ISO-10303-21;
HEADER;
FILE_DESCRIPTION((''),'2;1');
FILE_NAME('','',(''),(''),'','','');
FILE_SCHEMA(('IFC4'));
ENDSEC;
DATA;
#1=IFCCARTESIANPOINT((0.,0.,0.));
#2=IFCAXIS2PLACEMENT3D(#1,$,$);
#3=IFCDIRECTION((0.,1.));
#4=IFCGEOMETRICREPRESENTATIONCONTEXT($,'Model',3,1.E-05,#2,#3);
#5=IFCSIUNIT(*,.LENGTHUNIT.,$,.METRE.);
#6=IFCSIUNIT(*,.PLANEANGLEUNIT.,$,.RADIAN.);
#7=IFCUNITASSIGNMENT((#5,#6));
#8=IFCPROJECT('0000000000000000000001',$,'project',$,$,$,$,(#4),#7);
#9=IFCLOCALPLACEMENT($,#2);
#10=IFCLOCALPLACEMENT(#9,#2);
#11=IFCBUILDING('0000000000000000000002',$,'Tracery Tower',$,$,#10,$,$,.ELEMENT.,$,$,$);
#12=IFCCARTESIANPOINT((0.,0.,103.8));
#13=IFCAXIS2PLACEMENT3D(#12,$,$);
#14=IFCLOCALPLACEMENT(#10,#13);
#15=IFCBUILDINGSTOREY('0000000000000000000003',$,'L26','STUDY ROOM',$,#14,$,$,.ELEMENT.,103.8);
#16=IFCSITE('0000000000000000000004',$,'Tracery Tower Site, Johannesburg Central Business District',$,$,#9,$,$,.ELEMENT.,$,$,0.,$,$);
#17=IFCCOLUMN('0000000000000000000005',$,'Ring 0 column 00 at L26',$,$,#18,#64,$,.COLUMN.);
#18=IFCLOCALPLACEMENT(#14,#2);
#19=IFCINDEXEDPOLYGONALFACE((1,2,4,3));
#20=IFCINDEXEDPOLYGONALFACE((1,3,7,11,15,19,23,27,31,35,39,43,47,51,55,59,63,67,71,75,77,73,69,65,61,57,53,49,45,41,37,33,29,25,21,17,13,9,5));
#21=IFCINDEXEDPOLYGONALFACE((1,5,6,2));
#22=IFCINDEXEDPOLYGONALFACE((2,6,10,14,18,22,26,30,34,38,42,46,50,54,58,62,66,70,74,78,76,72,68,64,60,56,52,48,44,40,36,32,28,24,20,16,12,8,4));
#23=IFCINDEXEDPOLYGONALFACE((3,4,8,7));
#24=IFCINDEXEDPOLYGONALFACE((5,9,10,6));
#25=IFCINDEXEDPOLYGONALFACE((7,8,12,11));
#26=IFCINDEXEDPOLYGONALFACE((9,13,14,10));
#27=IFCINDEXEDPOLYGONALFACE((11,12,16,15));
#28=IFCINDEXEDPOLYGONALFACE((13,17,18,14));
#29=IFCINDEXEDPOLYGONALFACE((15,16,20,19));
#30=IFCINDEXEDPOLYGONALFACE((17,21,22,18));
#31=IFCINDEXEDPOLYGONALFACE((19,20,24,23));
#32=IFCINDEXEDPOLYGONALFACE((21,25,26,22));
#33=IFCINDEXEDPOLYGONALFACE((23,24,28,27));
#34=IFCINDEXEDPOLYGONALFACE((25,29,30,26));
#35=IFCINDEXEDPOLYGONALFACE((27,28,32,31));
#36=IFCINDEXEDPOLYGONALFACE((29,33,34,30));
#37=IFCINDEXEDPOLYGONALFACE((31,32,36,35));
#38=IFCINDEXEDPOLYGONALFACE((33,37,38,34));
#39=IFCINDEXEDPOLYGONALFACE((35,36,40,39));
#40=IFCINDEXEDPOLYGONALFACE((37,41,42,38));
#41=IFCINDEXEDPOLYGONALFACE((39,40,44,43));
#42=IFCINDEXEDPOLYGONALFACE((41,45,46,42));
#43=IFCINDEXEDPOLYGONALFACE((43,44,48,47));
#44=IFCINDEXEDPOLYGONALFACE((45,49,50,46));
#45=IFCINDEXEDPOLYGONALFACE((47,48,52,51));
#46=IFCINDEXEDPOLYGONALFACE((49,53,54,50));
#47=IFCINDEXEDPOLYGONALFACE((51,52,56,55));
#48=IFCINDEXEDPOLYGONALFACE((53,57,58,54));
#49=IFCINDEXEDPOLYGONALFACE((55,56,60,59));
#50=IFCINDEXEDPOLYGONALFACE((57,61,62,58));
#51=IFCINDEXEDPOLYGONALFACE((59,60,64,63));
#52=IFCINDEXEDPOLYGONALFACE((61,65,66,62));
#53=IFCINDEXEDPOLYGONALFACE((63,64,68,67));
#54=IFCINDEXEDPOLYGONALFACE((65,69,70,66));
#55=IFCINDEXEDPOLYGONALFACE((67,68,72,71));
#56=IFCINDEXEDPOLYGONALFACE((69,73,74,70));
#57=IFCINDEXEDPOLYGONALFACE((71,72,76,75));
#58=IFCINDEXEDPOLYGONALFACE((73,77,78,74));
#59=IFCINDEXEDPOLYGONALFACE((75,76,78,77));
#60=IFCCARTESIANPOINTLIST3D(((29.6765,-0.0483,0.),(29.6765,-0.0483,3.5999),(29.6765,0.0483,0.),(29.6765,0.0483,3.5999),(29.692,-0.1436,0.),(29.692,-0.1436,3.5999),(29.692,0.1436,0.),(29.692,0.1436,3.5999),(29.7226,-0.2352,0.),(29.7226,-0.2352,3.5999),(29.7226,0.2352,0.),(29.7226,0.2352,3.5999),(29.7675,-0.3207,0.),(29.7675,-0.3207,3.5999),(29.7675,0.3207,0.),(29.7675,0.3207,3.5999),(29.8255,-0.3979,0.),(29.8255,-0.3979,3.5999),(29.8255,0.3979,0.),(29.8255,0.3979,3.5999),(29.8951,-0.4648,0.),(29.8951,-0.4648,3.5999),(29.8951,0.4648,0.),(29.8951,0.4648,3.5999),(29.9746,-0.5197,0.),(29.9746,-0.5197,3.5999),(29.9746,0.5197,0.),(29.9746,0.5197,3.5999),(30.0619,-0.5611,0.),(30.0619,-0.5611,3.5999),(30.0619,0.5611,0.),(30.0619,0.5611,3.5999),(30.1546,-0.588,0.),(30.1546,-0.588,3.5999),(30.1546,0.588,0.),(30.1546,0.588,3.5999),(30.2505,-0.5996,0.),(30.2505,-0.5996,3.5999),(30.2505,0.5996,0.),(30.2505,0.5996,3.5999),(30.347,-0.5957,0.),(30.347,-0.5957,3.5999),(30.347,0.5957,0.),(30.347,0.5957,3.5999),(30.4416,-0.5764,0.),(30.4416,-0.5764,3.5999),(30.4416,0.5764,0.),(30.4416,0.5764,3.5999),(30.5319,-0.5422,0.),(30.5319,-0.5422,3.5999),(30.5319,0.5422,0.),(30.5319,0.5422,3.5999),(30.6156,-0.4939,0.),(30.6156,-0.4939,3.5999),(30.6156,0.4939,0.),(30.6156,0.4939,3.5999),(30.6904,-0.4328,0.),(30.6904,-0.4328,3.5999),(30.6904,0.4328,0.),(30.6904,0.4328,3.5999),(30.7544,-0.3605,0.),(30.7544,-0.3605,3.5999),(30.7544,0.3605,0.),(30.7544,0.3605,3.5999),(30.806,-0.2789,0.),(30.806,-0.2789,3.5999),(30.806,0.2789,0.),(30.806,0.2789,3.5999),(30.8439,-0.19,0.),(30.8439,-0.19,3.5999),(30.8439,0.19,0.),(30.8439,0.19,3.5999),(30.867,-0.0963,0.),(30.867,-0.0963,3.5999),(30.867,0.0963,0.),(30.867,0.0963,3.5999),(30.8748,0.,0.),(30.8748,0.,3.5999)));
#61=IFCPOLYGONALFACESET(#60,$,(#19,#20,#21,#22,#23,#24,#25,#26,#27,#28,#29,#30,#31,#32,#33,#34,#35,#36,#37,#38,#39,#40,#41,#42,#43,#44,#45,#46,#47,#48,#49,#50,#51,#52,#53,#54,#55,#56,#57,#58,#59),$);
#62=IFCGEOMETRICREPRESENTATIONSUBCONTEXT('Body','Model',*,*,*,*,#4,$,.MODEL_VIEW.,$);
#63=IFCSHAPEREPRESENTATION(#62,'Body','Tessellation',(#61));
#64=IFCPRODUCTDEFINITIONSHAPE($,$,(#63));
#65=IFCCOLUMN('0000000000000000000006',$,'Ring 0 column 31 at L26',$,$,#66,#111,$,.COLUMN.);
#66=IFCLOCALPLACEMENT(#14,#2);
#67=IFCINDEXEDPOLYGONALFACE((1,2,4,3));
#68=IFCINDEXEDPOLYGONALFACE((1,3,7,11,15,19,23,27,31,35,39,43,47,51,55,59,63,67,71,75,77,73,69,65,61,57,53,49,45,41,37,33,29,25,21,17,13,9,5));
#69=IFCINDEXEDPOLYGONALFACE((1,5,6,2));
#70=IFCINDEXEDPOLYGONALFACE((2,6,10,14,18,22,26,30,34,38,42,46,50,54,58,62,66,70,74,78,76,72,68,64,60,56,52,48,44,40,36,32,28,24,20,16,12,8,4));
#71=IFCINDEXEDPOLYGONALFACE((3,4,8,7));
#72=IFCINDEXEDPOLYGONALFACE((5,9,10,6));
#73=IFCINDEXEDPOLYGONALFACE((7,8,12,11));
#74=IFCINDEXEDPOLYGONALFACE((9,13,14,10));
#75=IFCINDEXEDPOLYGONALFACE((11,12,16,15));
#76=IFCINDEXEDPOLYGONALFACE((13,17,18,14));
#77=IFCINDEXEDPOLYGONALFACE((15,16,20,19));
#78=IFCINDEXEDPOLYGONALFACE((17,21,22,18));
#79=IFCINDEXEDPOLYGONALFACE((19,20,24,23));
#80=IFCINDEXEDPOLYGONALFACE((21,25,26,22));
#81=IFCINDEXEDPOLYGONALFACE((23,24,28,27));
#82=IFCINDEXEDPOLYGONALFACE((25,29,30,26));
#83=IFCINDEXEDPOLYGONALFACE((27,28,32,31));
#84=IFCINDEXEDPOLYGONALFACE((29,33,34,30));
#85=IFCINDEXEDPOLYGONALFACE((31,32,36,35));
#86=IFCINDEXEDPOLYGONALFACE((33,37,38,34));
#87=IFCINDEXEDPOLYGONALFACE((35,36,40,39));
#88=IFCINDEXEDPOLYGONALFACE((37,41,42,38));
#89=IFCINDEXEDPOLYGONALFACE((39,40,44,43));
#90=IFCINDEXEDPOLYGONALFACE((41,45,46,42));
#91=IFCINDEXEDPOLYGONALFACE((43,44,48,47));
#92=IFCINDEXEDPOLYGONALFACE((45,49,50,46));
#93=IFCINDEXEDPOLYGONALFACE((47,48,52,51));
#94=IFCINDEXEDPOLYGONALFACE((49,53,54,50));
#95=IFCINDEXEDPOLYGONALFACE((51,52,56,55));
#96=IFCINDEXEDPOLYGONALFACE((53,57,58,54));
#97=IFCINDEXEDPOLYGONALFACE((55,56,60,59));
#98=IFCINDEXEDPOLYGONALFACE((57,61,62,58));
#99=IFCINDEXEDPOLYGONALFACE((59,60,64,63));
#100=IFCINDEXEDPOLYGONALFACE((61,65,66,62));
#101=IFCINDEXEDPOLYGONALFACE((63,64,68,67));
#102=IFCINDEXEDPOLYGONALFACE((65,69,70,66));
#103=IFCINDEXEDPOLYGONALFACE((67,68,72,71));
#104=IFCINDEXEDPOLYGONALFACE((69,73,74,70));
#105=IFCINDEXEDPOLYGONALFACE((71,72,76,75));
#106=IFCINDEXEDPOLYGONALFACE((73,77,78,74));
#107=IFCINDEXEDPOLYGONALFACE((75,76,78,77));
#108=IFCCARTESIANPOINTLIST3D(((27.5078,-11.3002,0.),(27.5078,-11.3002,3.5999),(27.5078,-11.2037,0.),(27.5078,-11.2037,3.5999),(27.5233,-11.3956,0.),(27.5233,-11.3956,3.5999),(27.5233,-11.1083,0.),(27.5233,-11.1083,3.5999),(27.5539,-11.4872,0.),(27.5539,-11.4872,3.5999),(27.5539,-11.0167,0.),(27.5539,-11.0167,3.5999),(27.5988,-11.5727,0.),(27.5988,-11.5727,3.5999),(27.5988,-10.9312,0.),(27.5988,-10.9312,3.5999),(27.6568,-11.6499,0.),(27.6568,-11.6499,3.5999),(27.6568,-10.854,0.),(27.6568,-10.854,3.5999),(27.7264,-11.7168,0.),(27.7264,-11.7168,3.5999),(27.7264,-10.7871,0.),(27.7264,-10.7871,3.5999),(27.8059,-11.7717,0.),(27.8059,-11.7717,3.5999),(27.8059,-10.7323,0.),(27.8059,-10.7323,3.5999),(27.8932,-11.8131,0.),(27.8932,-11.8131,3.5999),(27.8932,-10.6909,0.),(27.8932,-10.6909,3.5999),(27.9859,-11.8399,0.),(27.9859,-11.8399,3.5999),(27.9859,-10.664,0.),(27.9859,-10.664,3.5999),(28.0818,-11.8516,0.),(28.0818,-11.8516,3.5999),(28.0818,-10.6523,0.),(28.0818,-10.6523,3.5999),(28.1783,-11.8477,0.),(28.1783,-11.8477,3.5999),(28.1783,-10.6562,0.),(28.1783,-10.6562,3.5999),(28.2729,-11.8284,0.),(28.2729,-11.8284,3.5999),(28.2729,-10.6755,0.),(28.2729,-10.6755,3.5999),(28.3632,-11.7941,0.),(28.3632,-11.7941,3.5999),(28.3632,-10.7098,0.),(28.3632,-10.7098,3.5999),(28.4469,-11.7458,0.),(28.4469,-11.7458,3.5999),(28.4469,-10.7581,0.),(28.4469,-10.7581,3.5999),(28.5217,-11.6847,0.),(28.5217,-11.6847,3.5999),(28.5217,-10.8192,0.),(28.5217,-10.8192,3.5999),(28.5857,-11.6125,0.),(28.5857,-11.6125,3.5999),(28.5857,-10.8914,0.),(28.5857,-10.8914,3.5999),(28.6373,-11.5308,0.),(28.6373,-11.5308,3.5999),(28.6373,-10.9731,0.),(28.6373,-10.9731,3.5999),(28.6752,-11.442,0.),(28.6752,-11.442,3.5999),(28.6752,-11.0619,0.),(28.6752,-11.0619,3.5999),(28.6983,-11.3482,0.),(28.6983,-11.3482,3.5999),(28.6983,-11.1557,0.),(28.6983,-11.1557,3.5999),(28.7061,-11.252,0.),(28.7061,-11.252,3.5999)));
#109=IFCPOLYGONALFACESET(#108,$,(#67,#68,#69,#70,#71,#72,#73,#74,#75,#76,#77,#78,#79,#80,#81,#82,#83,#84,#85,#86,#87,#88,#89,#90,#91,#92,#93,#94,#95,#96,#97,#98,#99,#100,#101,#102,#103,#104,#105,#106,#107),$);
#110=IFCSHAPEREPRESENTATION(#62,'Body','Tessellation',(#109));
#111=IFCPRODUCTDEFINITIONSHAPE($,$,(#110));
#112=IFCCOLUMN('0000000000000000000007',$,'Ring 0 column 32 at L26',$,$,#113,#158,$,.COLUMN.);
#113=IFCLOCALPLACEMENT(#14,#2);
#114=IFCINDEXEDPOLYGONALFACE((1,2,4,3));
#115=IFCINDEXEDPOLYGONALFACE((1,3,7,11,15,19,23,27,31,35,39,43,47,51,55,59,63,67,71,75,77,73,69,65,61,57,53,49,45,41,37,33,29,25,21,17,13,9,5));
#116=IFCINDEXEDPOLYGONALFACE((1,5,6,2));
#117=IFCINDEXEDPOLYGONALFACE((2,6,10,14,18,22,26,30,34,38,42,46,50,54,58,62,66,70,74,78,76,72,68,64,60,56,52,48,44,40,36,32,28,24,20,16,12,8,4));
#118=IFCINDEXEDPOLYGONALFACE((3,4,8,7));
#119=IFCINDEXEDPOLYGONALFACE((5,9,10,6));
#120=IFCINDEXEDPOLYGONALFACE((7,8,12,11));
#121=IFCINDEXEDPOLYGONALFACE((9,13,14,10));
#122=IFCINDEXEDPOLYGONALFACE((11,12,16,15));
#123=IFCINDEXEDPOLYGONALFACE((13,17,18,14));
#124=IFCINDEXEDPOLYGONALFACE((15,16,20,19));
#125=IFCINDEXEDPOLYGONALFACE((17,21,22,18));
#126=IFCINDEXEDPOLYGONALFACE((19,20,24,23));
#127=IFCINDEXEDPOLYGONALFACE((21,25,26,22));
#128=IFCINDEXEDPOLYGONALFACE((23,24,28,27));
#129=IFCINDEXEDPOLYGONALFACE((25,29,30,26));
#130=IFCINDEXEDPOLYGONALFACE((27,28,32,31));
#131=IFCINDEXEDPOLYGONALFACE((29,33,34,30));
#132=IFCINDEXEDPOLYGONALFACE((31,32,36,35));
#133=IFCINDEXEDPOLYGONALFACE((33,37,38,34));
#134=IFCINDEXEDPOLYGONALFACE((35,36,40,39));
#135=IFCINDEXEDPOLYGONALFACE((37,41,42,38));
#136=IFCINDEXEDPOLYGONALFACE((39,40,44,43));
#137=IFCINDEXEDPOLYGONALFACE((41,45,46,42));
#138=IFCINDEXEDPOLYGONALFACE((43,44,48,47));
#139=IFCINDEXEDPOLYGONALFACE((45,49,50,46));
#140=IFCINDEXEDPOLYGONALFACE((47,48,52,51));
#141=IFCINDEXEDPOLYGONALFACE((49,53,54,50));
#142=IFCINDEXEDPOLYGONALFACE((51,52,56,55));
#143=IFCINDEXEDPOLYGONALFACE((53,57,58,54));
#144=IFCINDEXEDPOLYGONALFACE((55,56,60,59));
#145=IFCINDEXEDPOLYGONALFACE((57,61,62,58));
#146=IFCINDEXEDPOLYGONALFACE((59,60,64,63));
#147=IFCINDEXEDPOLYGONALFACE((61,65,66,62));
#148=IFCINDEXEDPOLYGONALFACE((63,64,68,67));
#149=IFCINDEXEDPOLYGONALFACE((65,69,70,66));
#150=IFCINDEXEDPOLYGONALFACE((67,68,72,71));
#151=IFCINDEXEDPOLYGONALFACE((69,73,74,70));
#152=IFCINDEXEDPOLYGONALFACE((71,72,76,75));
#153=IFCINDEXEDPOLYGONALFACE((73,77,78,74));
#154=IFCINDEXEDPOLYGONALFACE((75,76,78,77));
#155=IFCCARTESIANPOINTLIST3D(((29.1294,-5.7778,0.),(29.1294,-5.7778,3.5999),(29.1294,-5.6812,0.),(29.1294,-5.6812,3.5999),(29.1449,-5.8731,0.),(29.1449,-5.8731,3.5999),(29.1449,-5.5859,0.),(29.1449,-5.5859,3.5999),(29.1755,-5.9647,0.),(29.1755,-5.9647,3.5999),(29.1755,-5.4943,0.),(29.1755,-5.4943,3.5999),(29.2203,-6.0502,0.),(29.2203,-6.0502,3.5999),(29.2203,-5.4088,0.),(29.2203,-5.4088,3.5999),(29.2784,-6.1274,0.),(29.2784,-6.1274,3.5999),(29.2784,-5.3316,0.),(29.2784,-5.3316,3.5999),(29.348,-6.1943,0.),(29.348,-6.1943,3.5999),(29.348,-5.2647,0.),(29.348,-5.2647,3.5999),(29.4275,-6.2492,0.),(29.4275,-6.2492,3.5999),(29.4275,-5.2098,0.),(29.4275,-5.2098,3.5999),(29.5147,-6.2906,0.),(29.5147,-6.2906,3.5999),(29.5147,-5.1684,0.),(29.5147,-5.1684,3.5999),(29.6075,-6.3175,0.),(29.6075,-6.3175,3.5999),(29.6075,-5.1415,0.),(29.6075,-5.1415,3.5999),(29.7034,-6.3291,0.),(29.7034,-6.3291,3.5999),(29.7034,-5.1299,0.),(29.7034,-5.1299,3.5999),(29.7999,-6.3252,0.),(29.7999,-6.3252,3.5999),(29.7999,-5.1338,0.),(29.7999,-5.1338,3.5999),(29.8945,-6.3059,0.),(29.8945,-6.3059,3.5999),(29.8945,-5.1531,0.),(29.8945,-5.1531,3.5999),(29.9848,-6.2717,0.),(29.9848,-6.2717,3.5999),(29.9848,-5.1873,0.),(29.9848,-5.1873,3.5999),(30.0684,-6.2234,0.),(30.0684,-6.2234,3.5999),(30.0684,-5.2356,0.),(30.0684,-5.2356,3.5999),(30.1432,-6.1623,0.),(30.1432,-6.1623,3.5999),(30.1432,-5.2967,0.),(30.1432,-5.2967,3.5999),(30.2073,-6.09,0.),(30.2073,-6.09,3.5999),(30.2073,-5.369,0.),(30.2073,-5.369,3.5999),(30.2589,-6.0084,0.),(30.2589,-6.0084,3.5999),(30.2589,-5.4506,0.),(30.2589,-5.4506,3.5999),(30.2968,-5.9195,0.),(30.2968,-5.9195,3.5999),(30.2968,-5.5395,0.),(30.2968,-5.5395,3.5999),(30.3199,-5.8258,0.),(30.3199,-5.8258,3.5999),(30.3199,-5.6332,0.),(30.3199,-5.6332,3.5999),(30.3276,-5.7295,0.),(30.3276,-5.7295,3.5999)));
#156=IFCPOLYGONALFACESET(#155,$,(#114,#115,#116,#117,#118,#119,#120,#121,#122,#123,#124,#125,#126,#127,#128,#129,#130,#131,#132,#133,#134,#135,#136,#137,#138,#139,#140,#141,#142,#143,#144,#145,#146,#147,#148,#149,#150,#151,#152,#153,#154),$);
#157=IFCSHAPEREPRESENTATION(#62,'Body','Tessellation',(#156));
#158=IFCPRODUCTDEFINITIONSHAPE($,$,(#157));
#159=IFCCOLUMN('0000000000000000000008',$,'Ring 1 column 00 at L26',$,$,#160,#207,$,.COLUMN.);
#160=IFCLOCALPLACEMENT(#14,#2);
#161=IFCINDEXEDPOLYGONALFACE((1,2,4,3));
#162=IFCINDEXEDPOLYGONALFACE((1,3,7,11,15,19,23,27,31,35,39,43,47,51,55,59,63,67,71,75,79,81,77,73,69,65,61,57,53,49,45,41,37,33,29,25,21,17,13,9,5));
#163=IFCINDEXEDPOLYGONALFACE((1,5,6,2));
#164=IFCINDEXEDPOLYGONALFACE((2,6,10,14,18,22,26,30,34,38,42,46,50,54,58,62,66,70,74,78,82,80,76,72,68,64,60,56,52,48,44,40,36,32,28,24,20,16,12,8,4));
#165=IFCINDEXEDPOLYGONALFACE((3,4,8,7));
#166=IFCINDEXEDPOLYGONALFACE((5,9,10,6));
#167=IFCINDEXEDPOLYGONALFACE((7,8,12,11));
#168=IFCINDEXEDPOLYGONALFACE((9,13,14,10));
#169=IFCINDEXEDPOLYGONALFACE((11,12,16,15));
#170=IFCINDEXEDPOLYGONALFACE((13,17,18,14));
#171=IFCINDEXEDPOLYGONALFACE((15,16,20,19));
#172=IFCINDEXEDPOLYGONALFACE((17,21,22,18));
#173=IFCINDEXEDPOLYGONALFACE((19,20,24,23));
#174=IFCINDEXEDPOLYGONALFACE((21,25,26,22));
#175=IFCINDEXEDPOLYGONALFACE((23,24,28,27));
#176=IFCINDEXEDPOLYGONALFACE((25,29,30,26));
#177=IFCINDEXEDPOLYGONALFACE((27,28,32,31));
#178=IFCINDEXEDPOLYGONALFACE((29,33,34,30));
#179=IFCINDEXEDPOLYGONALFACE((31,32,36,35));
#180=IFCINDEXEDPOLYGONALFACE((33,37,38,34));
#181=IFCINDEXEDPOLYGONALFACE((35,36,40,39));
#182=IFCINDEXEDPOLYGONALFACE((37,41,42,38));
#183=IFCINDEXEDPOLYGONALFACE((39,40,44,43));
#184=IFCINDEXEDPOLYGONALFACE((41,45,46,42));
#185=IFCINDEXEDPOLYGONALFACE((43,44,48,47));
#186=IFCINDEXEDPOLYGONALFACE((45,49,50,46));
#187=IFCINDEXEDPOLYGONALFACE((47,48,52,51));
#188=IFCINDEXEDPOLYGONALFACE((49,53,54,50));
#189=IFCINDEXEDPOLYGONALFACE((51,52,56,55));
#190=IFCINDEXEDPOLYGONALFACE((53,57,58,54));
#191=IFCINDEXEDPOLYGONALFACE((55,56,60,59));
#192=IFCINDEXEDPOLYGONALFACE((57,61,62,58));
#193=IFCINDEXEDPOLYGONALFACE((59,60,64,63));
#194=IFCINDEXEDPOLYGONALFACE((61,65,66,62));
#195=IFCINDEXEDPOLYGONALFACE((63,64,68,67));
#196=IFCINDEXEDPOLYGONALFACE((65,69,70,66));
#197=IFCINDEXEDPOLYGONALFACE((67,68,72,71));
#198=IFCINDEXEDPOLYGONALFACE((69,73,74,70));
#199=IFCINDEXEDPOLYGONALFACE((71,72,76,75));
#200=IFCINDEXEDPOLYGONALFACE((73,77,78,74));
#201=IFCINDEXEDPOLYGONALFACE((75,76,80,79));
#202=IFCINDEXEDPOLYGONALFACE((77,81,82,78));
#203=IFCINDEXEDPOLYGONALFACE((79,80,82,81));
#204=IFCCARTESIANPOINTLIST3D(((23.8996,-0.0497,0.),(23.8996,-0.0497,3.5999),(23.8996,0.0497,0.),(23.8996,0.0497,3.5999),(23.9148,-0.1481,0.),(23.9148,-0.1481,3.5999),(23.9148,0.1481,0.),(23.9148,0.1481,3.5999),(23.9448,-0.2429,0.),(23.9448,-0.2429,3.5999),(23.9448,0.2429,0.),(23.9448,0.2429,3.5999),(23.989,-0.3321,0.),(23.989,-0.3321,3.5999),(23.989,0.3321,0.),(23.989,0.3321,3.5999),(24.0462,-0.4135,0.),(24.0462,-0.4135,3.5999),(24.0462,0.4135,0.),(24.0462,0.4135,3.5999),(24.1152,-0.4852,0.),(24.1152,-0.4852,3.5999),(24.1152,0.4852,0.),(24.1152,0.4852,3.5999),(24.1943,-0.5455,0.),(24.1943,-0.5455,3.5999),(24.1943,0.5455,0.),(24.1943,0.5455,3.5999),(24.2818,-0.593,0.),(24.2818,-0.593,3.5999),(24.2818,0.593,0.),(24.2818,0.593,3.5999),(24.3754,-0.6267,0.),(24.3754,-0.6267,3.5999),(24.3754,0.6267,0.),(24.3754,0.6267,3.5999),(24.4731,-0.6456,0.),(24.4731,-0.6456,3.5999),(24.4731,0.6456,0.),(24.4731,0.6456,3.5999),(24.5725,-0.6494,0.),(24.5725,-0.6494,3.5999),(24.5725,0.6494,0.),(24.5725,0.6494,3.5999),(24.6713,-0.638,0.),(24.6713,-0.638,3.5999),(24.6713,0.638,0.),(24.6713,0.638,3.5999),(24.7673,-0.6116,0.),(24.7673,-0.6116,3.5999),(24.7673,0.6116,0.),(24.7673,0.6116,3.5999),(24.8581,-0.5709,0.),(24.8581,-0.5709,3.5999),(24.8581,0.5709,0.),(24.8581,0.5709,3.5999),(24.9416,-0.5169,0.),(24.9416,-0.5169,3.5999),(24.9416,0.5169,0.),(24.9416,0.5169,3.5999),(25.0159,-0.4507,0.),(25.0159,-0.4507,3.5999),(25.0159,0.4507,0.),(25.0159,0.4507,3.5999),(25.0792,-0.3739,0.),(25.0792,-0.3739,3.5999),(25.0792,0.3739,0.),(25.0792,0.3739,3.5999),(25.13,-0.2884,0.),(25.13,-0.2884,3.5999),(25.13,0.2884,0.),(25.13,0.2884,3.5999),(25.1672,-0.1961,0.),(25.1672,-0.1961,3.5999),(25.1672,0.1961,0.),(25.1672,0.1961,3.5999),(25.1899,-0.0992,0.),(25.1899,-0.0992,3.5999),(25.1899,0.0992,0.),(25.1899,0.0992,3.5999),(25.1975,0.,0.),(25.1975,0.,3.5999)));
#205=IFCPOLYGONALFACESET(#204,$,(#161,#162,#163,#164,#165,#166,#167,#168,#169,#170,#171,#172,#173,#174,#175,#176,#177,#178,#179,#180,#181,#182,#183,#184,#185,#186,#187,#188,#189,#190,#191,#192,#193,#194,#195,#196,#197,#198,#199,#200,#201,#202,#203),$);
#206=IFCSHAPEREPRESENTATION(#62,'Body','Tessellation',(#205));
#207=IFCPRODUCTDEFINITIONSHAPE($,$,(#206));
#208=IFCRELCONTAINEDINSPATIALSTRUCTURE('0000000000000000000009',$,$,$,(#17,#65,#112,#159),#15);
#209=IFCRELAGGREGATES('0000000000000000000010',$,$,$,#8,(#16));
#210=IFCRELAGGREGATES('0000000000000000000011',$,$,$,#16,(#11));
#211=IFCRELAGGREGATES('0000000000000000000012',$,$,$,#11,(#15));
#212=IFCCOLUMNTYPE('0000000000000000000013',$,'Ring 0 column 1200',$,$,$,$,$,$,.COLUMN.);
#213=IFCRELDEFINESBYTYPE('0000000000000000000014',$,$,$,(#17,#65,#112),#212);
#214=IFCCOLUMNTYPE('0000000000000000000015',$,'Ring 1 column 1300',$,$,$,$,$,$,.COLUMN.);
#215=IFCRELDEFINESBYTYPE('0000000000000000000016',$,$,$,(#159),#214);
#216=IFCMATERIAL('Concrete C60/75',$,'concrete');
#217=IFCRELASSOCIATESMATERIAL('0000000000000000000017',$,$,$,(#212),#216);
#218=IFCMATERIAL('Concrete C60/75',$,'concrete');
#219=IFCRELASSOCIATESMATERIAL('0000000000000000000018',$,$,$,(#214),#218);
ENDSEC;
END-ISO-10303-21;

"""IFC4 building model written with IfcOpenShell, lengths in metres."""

from ifc_helpers import new_model, si_unit, direction, frame, origin, origin_2d, place, context, subcontext, project, spatial, circle, extrude, material, material_profile, profile_set, type_object, element, save


model = new_model("IFC4")

# Units and contexts
model_context = context("Model", 3, precision=1e-05, world=origin(), true_north=direction((0.0, 1.0)))
body_context = subcontext(model_context, "Body", "Model", "MODEL_VIEW")
ifc_project = project(units=[si_unit("LENGTHUNIT", "METRE"), si_unit("PLANEANGLEUNIT", "RADIAN")], contexts=[model_context])

# Site, building, storey
site_placement = place(None, origin())
site = spatial("IfcSite", under=ifc_project, at=site_placement, Name="Tracery Tower Site, Johannesburg Central Business District", CompositionType="ELEMENT", RefElevation=0.0)
building_placement = place(site_placement, origin())
building = spatial("IfcBuilding", under=site, at=building_placement, Name="Tracery Tower", CompositionType="ELEMENT")
storey_placement = place(building_placement, frame((0.0, 0.0, 103.8)))
storey = spatial("IfcBuildingStorey", under=building, at=storey_placement, Name="L26", Description="STUDY ROOM", CompositionType="ELEMENT", Elevation=103.8)

# Columns
ifc_material_1 = material(Name="Concrete C60/75", Category="concrete")
ifc_material_profile_1 = material_profile(ifc_material_1, circle(Radius=0.6001, at=origin_2d()), Name="RC D1200")
ifc_profile_set_1 = profile_set([ifc_material_profile_1], Name="Concrete C60/75")
column_type_1 = type_object("IfcColumnType", Name="Ring 0 column 1200", PredefinedType="COLUMN", material=ifc_profile_set_1)
for number, where, z_axis, x_axis, name in (
    (1, (30.2747, 0.0, 0.0), (0.0, 0.0, 1.0), (1.0, 0.0, 0.0), "Ring 0 column 00 at L26"),
    (2, (28.106, -11.252, 0.0), (0.0, 0.0, 1.0), (1.0, 0.0, 0.0), "Ring 0 column 31 at L26"),
    (3, (29.7275, -5.7295, 0.0), (0.0, 0.0, 1.0), (1.0, 0.0, 0.0), "Ring 0 column 32 at L26"),
):
    element("IfcColumn", number, at=place(storey_placement, frame(where, z_axis=z_axis, x_axis=x_axis)), inside=storey, type_object=column_type_1, Name=name, PredefinedType="COLUMN", context=body_context, shape_type="SweptSolid", body=[
        extrude(circle(Radius=0.6001, at=origin_2d()), origin(), (0.0, 0.0, 1.0), 3.5999),
    ])
ifc_material_2 = material(Name="Concrete C60/75", Category="concrete")
ifc_material_profile_2 = material_profile(ifc_material_2, circle(Radius=0.6499, at=origin_2d()), Name="RC D1300")
ifc_profile_set_2 = profile_set([ifc_material_profile_2], Name="Concrete C60/75")
column_type_2 = type_object("IfcColumnType", Name="Ring 1 column 1300", PredefinedType="COLUMN", material=ifc_profile_set_2)
for number, where, z_axis, x_axis, name in (
    (4, (24.5476, 0.0, 0.0), (0.0, 0.0, 1.0), (1.0, 0.0, 0.0), "Ring 1 column 00 at L26"),
):
    element("IfcColumn", number, at=place(storey_placement, frame(where, z_axis=z_axis, x_axis=x_axis)), inside=storey, type_object=column_type_2, Name=name, PredefinedType="COLUMN", context=body_context, shape_type="SweptSolid", body=[
        extrude(circle(Radius=0.6499, at=origin_2d()), origin(), (0.0, 0.0, 1.0), 3.5999),
    ])

save(model, "model.ifc")
